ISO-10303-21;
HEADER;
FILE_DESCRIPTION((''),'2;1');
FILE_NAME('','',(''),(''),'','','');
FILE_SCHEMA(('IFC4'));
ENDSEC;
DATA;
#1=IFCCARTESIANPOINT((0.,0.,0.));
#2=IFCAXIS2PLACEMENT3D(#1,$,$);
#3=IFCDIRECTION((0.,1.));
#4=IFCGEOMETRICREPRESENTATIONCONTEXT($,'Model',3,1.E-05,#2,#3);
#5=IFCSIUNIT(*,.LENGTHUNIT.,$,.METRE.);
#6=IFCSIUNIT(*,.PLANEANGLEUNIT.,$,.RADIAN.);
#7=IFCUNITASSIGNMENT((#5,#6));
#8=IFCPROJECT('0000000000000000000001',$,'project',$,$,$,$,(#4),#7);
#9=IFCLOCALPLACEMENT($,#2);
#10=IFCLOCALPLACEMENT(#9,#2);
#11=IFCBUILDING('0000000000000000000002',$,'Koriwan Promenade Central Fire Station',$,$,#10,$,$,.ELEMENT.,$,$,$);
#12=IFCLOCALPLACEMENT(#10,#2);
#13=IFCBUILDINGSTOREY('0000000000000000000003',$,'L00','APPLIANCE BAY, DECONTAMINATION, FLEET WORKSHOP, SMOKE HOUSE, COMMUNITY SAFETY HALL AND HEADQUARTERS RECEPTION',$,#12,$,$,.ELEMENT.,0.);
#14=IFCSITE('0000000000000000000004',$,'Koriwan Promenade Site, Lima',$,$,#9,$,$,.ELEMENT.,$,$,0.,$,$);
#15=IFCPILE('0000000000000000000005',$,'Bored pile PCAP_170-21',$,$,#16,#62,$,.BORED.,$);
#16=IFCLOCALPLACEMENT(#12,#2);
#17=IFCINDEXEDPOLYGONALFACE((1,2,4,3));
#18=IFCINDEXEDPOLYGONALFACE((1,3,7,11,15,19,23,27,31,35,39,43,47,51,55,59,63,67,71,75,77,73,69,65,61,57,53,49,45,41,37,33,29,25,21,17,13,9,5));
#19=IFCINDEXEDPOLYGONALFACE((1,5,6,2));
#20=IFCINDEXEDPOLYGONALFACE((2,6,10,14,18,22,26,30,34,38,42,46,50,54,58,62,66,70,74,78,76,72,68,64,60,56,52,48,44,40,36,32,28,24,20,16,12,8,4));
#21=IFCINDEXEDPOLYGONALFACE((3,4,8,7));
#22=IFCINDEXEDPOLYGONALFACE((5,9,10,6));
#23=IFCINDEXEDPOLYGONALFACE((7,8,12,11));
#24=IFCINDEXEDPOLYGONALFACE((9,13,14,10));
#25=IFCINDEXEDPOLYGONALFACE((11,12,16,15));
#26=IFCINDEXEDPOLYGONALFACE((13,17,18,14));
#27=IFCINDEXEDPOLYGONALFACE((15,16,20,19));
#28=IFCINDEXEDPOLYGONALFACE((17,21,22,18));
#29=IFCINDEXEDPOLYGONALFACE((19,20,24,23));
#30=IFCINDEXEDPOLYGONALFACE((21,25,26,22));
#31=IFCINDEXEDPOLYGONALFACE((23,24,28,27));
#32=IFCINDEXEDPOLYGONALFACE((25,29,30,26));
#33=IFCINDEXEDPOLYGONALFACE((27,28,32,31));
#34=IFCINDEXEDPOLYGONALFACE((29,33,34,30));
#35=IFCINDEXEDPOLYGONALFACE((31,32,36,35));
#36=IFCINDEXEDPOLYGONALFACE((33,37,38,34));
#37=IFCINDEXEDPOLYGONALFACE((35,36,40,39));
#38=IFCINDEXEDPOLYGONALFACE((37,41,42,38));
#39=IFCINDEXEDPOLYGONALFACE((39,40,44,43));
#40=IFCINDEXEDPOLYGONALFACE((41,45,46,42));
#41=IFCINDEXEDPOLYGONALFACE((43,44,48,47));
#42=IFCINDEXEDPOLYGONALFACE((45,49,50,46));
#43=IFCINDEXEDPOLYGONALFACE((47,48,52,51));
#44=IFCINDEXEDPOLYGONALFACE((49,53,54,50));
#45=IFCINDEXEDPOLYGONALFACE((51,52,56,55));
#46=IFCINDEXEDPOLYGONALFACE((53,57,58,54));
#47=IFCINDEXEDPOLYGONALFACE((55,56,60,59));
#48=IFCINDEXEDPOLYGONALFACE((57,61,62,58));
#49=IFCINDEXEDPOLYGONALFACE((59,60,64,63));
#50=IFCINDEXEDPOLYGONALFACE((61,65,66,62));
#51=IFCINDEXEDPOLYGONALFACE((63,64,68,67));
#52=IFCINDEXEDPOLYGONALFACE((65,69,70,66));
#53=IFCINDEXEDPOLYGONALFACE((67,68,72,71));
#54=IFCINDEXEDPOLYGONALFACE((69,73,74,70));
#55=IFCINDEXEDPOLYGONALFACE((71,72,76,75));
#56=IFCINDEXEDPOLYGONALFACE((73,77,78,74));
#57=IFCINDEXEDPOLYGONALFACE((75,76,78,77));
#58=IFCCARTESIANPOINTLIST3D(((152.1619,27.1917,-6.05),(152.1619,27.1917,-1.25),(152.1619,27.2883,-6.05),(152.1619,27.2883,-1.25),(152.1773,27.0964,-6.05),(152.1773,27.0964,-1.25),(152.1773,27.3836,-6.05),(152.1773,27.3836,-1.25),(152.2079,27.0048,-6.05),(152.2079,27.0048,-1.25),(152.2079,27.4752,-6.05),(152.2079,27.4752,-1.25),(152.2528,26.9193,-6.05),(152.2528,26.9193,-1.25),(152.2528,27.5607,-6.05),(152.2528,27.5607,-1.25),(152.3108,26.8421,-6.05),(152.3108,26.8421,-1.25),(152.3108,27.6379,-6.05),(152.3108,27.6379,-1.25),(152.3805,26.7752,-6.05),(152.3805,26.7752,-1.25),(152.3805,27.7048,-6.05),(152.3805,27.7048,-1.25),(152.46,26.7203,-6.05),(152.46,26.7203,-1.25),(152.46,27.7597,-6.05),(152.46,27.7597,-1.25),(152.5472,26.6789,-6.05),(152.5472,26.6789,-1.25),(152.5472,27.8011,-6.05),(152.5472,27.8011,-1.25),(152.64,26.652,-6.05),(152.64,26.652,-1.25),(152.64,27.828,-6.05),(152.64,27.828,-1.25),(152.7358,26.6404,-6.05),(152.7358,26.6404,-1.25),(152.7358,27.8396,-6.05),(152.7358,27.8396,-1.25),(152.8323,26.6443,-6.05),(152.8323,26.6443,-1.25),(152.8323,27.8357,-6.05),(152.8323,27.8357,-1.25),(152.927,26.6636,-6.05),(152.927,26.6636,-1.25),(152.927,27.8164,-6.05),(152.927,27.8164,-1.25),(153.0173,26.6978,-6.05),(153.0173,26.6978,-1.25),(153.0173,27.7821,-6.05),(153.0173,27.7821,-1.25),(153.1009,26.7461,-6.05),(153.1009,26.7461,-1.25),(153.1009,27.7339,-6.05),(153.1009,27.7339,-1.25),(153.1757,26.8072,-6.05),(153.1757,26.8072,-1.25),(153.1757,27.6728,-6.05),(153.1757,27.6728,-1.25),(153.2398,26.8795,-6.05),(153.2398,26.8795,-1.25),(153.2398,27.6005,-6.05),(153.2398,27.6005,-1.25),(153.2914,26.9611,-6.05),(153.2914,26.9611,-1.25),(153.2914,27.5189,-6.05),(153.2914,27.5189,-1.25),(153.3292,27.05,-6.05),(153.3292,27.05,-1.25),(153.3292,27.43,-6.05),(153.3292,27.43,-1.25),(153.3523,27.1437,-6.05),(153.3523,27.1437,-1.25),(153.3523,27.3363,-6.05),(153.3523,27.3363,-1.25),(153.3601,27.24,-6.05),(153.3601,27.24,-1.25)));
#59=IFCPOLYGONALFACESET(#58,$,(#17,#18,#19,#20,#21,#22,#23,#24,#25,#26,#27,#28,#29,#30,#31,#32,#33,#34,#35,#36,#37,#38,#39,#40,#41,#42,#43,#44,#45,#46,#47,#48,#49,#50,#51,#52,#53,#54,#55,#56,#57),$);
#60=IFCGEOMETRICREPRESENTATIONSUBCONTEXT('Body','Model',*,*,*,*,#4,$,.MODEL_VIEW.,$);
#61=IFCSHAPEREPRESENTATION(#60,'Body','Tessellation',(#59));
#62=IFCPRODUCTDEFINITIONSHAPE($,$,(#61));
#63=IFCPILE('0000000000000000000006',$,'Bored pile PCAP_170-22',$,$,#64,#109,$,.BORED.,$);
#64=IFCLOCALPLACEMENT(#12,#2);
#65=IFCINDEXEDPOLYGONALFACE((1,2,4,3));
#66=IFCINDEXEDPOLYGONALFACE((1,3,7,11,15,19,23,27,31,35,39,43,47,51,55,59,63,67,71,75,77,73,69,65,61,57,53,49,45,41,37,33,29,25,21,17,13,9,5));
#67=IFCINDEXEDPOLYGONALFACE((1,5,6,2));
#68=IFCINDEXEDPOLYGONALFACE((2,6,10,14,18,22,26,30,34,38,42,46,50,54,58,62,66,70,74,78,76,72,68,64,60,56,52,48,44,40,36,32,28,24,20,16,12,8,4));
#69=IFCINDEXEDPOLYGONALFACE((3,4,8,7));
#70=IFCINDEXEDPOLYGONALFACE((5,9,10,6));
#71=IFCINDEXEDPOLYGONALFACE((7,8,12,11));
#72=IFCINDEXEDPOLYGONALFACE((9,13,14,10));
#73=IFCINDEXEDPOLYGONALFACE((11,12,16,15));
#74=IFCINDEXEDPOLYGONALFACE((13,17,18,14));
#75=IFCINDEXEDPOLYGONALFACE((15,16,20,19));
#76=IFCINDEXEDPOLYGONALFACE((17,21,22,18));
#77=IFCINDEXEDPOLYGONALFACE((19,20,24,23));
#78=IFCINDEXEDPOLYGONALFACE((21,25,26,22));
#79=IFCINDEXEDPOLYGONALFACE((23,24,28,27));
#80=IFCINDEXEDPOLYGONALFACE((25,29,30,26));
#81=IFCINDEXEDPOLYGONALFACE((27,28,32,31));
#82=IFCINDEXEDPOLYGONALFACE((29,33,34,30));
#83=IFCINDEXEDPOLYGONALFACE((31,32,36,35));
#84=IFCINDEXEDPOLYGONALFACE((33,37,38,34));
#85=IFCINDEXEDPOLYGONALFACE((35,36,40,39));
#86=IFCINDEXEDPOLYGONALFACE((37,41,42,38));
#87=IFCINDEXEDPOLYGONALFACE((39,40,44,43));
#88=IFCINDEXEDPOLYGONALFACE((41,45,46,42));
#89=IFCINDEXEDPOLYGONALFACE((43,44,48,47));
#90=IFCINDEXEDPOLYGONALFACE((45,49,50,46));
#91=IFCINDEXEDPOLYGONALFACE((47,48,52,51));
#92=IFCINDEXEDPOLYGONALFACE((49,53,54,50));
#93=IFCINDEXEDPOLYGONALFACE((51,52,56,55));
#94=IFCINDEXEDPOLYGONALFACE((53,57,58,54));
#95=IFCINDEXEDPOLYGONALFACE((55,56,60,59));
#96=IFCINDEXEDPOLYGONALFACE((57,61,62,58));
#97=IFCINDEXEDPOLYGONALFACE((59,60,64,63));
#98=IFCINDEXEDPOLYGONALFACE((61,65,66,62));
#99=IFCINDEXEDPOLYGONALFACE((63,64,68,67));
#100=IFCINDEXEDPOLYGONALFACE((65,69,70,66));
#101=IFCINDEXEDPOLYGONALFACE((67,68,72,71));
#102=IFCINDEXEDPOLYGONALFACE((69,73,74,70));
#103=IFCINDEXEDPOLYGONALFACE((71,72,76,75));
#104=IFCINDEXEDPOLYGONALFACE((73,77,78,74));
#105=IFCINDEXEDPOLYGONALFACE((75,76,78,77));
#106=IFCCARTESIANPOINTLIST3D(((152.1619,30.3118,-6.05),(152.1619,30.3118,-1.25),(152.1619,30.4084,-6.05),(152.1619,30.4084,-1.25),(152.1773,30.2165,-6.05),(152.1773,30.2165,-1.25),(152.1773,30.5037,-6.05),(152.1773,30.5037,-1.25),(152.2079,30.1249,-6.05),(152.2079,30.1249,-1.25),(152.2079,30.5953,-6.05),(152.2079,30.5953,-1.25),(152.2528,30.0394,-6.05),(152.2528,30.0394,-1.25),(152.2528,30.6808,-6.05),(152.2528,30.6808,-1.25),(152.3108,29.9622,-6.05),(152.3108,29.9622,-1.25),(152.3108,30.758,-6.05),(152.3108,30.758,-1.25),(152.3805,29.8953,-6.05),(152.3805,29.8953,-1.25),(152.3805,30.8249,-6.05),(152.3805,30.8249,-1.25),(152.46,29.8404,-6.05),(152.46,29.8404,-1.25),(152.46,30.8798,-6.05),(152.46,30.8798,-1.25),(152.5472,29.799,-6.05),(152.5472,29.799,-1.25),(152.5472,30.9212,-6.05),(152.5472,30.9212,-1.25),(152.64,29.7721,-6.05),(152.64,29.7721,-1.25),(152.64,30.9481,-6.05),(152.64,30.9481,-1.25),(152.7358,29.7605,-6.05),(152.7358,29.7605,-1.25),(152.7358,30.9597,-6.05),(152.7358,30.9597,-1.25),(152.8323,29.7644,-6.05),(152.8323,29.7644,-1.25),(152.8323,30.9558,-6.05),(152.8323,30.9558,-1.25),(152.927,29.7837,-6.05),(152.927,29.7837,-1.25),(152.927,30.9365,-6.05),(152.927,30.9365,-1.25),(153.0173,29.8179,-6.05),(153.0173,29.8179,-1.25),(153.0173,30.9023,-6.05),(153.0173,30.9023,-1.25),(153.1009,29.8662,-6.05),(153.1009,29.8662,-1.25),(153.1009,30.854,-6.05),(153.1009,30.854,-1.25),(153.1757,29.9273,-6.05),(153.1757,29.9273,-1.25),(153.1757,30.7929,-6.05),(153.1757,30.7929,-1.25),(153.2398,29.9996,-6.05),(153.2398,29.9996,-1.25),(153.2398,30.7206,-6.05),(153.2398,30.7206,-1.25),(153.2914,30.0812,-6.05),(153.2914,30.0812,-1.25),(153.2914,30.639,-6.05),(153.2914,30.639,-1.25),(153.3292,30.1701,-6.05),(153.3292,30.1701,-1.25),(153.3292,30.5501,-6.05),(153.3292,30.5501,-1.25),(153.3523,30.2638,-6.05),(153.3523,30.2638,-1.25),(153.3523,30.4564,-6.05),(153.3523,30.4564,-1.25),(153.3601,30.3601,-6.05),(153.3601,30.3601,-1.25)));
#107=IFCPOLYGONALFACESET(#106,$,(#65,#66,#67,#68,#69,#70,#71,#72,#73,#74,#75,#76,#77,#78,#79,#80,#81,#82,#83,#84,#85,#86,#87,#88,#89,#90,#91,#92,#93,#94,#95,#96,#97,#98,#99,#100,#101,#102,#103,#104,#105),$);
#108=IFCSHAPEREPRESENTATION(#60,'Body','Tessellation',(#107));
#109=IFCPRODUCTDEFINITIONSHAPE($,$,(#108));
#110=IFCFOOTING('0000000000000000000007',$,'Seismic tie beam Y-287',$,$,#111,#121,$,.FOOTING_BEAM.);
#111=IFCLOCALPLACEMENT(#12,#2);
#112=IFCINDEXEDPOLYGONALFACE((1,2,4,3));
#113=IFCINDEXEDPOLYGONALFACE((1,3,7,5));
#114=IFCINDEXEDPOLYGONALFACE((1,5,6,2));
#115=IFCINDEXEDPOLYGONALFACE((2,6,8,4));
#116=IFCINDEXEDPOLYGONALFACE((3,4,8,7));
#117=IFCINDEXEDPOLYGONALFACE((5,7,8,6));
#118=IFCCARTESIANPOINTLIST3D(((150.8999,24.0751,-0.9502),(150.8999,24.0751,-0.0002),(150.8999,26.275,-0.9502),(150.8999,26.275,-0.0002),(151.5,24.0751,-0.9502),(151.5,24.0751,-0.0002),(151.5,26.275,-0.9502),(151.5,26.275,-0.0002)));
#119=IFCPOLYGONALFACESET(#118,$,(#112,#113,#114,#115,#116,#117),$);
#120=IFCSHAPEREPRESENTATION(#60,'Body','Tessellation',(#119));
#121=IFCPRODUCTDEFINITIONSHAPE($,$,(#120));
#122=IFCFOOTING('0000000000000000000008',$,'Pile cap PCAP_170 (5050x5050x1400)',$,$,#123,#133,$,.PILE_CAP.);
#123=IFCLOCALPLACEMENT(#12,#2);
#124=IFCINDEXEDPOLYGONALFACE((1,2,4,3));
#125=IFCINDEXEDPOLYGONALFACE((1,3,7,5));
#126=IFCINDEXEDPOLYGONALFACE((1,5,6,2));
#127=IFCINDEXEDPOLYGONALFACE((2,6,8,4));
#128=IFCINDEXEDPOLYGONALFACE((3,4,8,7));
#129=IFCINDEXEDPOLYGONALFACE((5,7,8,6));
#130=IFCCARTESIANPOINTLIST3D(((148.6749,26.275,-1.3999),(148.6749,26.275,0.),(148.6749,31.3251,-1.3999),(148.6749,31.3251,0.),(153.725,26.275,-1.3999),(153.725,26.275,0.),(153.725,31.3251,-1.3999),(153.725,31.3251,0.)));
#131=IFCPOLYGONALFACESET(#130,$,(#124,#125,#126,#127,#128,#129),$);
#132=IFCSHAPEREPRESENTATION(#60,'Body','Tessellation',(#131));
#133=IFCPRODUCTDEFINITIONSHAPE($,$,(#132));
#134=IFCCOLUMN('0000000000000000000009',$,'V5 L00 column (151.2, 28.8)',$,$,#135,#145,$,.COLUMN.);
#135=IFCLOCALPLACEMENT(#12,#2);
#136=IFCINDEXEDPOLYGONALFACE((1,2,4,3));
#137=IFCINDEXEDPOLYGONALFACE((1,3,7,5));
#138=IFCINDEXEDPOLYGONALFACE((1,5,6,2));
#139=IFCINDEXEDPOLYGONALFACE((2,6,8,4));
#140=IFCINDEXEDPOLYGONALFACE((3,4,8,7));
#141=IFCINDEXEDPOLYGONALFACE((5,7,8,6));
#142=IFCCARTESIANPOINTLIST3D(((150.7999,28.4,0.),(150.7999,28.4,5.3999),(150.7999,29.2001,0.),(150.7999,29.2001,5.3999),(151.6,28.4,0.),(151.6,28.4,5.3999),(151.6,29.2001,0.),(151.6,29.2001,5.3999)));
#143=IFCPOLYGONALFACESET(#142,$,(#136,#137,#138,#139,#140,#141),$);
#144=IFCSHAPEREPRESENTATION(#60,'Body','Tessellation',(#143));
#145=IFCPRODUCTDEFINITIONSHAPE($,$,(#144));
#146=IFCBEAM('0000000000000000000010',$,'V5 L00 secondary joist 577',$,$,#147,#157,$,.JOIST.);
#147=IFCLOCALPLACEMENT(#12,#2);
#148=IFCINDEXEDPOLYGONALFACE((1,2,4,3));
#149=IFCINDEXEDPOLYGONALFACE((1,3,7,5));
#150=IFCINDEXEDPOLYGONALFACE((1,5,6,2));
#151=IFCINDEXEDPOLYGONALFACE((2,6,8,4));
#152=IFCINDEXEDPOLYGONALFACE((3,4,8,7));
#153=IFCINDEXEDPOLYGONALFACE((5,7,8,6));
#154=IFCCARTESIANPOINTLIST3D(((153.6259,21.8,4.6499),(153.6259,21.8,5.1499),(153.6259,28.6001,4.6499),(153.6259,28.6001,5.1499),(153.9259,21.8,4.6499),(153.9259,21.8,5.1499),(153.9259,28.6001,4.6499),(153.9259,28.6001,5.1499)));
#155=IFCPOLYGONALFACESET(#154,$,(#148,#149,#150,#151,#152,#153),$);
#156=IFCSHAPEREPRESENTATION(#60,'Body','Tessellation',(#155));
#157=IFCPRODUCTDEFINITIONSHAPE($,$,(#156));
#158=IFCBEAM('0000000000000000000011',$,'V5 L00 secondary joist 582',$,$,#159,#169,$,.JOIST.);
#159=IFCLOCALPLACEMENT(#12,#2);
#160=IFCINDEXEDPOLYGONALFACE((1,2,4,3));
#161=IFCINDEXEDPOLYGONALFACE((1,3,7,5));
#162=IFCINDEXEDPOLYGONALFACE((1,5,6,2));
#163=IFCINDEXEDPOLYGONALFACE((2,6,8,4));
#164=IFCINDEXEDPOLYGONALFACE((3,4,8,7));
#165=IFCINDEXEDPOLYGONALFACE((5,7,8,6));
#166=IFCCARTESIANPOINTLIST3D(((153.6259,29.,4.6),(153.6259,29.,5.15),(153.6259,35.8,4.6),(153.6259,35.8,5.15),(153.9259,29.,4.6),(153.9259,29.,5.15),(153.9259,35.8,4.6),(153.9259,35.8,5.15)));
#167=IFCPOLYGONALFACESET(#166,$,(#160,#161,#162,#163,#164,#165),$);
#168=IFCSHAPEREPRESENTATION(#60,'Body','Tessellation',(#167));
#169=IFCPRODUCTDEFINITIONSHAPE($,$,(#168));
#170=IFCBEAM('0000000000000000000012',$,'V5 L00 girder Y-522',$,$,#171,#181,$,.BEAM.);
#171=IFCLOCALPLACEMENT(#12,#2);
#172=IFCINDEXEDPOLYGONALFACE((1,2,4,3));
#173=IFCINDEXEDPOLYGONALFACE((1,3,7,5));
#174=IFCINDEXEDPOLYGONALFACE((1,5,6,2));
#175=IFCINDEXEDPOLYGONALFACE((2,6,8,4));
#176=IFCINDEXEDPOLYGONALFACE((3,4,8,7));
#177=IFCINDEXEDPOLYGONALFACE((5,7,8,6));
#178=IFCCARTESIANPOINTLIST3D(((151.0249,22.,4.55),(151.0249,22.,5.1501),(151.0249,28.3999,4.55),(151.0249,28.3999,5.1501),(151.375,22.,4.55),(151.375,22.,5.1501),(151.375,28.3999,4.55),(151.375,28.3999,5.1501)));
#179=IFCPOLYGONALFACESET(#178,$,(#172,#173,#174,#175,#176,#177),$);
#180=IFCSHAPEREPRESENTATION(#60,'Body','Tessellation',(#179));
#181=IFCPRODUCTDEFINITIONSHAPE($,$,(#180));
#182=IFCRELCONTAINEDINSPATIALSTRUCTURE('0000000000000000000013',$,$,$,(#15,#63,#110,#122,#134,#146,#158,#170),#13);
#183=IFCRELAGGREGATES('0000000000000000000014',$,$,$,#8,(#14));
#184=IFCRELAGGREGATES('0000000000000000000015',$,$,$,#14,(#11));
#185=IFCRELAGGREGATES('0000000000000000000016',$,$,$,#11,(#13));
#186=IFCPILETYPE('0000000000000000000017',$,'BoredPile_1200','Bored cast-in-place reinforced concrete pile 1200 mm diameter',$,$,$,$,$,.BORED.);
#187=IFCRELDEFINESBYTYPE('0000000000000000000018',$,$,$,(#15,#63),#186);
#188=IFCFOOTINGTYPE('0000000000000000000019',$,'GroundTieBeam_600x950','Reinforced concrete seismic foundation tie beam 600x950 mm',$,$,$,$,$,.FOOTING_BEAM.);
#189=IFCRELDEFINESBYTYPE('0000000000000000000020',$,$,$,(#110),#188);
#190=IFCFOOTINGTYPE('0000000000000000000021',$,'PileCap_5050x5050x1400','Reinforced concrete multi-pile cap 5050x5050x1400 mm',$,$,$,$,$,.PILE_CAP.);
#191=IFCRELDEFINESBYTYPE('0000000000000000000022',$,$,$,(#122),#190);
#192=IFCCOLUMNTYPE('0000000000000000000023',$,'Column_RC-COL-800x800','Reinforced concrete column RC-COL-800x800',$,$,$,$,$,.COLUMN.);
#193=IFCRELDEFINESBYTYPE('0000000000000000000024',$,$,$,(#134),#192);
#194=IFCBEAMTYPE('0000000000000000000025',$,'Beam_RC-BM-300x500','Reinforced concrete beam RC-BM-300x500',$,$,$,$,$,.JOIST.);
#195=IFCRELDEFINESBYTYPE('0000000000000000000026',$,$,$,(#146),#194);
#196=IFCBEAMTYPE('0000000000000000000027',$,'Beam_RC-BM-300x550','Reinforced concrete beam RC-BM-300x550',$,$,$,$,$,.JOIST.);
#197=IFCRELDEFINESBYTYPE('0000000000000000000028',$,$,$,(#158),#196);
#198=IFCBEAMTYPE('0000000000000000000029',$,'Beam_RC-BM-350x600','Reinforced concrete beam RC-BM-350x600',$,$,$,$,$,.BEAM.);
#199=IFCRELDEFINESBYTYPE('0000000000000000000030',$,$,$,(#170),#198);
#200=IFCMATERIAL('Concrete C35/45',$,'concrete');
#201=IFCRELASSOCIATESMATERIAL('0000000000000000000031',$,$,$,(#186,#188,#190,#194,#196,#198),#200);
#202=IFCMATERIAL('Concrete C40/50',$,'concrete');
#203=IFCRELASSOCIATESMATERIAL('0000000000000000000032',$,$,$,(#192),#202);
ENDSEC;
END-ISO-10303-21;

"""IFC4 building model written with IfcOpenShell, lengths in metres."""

from ifc_helpers import new_model, si_unit, direction, frame, origin, origin_2d, place, context, subcontext, project, spatial, rectangle, circle, extrude, material, material_profile, profile_set, type_object, element, save


model = new_model("IFC4")

# Units and contexts
model_context = context("Model", 3, precision=1e-05, world=origin(), true_north=direction((0.0, 1.0)))
body_context = subcontext(model_context, "Body", "Model", "MODEL_VIEW")
ifc_project = project(units=[si_unit("LENGTHUNIT", "METRE"), si_unit("PLANEANGLEUNIT", "RADIAN")], contexts=[model_context])

# Site, building, storey
site_placement = place(None, origin())
site = spatial("IfcSite", under=ifc_project, at=site_placement, Name="Koriwan Promenade Site, Lima", CompositionType="ELEMENT", RefElevation=0.0)
building_placement = place(site_placement, origin())
building = spatial("IfcBuilding", under=site, at=building_placement, Name="Koriwan Promenade Central Fire Station", CompositionType="ELEMENT")
storey_placement = place(building_placement, origin())
storey = spatial("IfcBuildingStorey", under=building, at=storey_placement, Name="L00", Description="APPLIANCE BAY, DECONTAMINATION, FLEET WORKSHOP, SMOKE HOUSE, COMMUNITY SAFETY HALL AND HEADQUARTERS RECEPTION", CompositionType="ELEMENT", Elevation=0.0)

# Piles
ifc_material_1 = material(Name="Concrete C35/45", Category="concrete")
ifc_material_profile_1 = material_profile(ifc_material_1, circle(Radius=0.6001, at=origin_2d()), Name="PILE-D1200")
ifc_profile_set_1 = profile_set([ifc_material_profile_1], Name="Concrete C35/45")
pile_type = type_object("IfcPileType", Name="BoredPile_1200", Description="Bored cast-in-place reinforced concrete pile 1200 mm diameter", PredefinedType="BORED", material=ifc_profile_set_1)
for number, where, z_axis, x_axis, name in (
    (1, (152.76, 27.24, -1.25), (0.0, 0.0, -1.0), (1.0, 0.0, 0.0), "Bored pile PCAP_170-21"),
    (2, (152.76, 30.3601, -1.25), (0.0, 0.0, -1.0), (1.0, 0.0, 0.0), "Bored pile PCAP_170-22"),
):
    element("IfcPile", number, at=place(storey_placement, frame(where, z_axis=z_axis, x_axis=x_axis)), inside=storey, type_object=pile_type, Name=name, PredefinedType="BORED", context=body_context, shape_type="SweptSolid", body=[
        extrude(circle(Radius=0.6001, at=origin_2d()), origin(), (0.0, 0.0, 1.0), 4.8),
    ])

# Footings
footing_type_1 = type_object("IfcFootingType", Name="GroundTieBeam_600x950", Description="Reinforced concrete seismic foundation tie beam 600x950 mm", PredefinedType="FOOTING_BEAM", material=ifc_material_1)
footing_1_placement = place(storey_placement, frame((151.2, 25.175, -0.9502), z_axis=(0.0, 0.0, 1.0), x_axis=(0.0, 1.0, 0.0)))
element("IfcFooting", 3, at=footing_1_placement, inside=storey, type_object=footing_type_1, Name="Seismic tie beam Y-287", PredefinedType="FOOTING_BEAM", context=body_context, shape_type="SweptSolid", body=[
    extrude(rectangle(XDim=2.2, YDim=0.6001, at=origin_2d()), origin(), (0.0, 0.0, 1.0), 0.95),
])
footing_type_2 = type_object("IfcFootingType", Name="PileCap_5050x5050x1400", Description="Reinforced concrete multi-pile cap 5050x5050x1400 mm", PredefinedType="PILE_CAP", material=ifc_material_1)
footing_2_placement = place(storey_placement, frame((151.2, 28.8, -1.3999), z_axis=(0.0, 0.0, 1.0), x_axis=(1.0, 0.0, 0.0)))
element("IfcFooting", 4, at=footing_2_placement, inside=storey, type_object=footing_type_2, Name="Pile cap PCAP_170 (5050x5050x1400)", PredefinedType="PILE_CAP", context=body_context, shape_type="SweptSolid", body=[
    extrude(rectangle(XDim=5.05, YDim=5.05, at=origin_2d()), origin(), (0.0, 0.0, 1.0), 1.3999),
])

# Column
ifc_material_2 = material(Name="Concrete C40/50", Category="concrete")
ifc_material_profile_2 = material_profile(ifc_material_2, rectangle(XDim=0.8, YDim=0.8, at=origin_2d()), Name="RC-COL-800x800")
ifc_profile_set_2 = profile_set([ifc_material_profile_2], Name="Concrete C40/50")
column_type = type_object("IfcColumnType", Name="Column_RC-COL-800x800", Description="Reinforced concrete column RC-COL-800x800", PredefinedType="COLUMN", material=ifc_profile_set_2)
column_placement = place(storey_placement, frame((151.2, 28.8, 0.0), z_axis=(0.0, 0.0, 1.0), x_axis=(1.0, 0.0, 0.0)))
element("IfcColumn", 5, at=column_placement, inside=storey, type_object=column_type, Name="V5 L00 column (151.2, 28.8)", PredefinedType="COLUMN", context=body_context, shape_type="SweptSolid", body=[
    extrude(rectangle(XDim=0.8, YDim=0.8, at=origin_2d()), origin(), (0.0, 0.0, 1.0), 5.3999),
])

# Beams
ifc_material_profile_3 = material_profile(ifc_material_1, rectangle(XDim=0.3, YDim=0.5, at=origin_2d()), Name="RC-BM-300x500")
ifc_profile_set_3 = profile_set([ifc_material_profile_3], Name="Concrete C35/45")
beam_type_1 = type_object("IfcBeamType", Name="Beam_RC-BM-300x500", Description="Reinforced concrete beam RC-BM-300x500", PredefinedType="JOIST", material=ifc_profile_set_3)
beam_1_placement = place(storey_placement, frame((153.7759, 21.8, 4.8999), z_axis=(0.0, 1.0, 0.0), x_axis=(-1.0, 0.0, 0.0)))
element("IfcBeam", 6, at=beam_1_placement, inside=storey, type_object=beam_type_1, Name="V5 L00 secondary joist 577", PredefinedType="JOIST", context=body_context, shape_type="SweptSolid", body=[
    extrude(rectangle(XDim=0.3, YDim=0.5, at=origin_2d()), origin(), (0.0, 0.0, 1.0), 6.8),
])
ifc_material_profile_4 = material_profile(ifc_material_1, rectangle(XDim=0.3, YDim=0.55, at=origin_2d()), Name="RC-BM-300x550")
ifc_profile_set_4 = profile_set([ifc_material_profile_4], Name="Concrete C35/45")
beam_type_2 = type_object("IfcBeamType", Name="Beam_RC-BM-300x550", Description="Reinforced concrete beam RC-BM-300x550", PredefinedType="JOIST", material=ifc_profile_set_4)
beam_2_placement = place(storey_placement, frame((153.7759, 29.0, 4.875), z_axis=(0.0, 1.0, 0.0), x_axis=(-1.0, 0.0, 0.0)))
element("IfcBeam", 7, at=beam_2_placement, inside=storey, type_object=beam_type_2, Name="V5 L00 secondary joist 582", PredefinedType="JOIST", context=body_context, shape_type="SweptSolid", body=[
    extrude(rectangle(XDim=0.3, YDim=0.55, at=origin_2d()), origin(), (0.0, 0.0, 1.0), 6.8),
])
ifc_material_profile_5 = material_profile(ifc_material_1, rectangle(XDim=0.3501, YDim=0.6001, at=origin_2d()), Name="RC-BM-350x600")
ifc_profile_set_5 = profile_set([ifc_material_profile_5], Name="Concrete C35/45")
beam_type_3 = type_object("IfcBeamType", Name="Beam_RC-BM-350x600", Description="Reinforced concrete beam RC-BM-350x600", PredefinedType="BEAM", material=ifc_profile_set_5)
beam_3_placement = place(storey_placement, frame((151.2, 22.0, 4.8501), z_axis=(0.0, 1.0, 0.0), x_axis=(-1.0, 0.0, 0.0)))
element("IfcBeam", 8, at=beam_3_placement, inside=storey, type_object=beam_type_3, Name="V5 L00 girder Y-522", PredefinedType="BEAM", context=body_context, shape_type="SweptSolid", body=[
    extrude(rectangle(XDim=0.3501, YDim=0.6001, at=origin_2d()), origin(), (0.0, 0.0, 1.0), 6.3999),
])

save(model, "model.ifc")
